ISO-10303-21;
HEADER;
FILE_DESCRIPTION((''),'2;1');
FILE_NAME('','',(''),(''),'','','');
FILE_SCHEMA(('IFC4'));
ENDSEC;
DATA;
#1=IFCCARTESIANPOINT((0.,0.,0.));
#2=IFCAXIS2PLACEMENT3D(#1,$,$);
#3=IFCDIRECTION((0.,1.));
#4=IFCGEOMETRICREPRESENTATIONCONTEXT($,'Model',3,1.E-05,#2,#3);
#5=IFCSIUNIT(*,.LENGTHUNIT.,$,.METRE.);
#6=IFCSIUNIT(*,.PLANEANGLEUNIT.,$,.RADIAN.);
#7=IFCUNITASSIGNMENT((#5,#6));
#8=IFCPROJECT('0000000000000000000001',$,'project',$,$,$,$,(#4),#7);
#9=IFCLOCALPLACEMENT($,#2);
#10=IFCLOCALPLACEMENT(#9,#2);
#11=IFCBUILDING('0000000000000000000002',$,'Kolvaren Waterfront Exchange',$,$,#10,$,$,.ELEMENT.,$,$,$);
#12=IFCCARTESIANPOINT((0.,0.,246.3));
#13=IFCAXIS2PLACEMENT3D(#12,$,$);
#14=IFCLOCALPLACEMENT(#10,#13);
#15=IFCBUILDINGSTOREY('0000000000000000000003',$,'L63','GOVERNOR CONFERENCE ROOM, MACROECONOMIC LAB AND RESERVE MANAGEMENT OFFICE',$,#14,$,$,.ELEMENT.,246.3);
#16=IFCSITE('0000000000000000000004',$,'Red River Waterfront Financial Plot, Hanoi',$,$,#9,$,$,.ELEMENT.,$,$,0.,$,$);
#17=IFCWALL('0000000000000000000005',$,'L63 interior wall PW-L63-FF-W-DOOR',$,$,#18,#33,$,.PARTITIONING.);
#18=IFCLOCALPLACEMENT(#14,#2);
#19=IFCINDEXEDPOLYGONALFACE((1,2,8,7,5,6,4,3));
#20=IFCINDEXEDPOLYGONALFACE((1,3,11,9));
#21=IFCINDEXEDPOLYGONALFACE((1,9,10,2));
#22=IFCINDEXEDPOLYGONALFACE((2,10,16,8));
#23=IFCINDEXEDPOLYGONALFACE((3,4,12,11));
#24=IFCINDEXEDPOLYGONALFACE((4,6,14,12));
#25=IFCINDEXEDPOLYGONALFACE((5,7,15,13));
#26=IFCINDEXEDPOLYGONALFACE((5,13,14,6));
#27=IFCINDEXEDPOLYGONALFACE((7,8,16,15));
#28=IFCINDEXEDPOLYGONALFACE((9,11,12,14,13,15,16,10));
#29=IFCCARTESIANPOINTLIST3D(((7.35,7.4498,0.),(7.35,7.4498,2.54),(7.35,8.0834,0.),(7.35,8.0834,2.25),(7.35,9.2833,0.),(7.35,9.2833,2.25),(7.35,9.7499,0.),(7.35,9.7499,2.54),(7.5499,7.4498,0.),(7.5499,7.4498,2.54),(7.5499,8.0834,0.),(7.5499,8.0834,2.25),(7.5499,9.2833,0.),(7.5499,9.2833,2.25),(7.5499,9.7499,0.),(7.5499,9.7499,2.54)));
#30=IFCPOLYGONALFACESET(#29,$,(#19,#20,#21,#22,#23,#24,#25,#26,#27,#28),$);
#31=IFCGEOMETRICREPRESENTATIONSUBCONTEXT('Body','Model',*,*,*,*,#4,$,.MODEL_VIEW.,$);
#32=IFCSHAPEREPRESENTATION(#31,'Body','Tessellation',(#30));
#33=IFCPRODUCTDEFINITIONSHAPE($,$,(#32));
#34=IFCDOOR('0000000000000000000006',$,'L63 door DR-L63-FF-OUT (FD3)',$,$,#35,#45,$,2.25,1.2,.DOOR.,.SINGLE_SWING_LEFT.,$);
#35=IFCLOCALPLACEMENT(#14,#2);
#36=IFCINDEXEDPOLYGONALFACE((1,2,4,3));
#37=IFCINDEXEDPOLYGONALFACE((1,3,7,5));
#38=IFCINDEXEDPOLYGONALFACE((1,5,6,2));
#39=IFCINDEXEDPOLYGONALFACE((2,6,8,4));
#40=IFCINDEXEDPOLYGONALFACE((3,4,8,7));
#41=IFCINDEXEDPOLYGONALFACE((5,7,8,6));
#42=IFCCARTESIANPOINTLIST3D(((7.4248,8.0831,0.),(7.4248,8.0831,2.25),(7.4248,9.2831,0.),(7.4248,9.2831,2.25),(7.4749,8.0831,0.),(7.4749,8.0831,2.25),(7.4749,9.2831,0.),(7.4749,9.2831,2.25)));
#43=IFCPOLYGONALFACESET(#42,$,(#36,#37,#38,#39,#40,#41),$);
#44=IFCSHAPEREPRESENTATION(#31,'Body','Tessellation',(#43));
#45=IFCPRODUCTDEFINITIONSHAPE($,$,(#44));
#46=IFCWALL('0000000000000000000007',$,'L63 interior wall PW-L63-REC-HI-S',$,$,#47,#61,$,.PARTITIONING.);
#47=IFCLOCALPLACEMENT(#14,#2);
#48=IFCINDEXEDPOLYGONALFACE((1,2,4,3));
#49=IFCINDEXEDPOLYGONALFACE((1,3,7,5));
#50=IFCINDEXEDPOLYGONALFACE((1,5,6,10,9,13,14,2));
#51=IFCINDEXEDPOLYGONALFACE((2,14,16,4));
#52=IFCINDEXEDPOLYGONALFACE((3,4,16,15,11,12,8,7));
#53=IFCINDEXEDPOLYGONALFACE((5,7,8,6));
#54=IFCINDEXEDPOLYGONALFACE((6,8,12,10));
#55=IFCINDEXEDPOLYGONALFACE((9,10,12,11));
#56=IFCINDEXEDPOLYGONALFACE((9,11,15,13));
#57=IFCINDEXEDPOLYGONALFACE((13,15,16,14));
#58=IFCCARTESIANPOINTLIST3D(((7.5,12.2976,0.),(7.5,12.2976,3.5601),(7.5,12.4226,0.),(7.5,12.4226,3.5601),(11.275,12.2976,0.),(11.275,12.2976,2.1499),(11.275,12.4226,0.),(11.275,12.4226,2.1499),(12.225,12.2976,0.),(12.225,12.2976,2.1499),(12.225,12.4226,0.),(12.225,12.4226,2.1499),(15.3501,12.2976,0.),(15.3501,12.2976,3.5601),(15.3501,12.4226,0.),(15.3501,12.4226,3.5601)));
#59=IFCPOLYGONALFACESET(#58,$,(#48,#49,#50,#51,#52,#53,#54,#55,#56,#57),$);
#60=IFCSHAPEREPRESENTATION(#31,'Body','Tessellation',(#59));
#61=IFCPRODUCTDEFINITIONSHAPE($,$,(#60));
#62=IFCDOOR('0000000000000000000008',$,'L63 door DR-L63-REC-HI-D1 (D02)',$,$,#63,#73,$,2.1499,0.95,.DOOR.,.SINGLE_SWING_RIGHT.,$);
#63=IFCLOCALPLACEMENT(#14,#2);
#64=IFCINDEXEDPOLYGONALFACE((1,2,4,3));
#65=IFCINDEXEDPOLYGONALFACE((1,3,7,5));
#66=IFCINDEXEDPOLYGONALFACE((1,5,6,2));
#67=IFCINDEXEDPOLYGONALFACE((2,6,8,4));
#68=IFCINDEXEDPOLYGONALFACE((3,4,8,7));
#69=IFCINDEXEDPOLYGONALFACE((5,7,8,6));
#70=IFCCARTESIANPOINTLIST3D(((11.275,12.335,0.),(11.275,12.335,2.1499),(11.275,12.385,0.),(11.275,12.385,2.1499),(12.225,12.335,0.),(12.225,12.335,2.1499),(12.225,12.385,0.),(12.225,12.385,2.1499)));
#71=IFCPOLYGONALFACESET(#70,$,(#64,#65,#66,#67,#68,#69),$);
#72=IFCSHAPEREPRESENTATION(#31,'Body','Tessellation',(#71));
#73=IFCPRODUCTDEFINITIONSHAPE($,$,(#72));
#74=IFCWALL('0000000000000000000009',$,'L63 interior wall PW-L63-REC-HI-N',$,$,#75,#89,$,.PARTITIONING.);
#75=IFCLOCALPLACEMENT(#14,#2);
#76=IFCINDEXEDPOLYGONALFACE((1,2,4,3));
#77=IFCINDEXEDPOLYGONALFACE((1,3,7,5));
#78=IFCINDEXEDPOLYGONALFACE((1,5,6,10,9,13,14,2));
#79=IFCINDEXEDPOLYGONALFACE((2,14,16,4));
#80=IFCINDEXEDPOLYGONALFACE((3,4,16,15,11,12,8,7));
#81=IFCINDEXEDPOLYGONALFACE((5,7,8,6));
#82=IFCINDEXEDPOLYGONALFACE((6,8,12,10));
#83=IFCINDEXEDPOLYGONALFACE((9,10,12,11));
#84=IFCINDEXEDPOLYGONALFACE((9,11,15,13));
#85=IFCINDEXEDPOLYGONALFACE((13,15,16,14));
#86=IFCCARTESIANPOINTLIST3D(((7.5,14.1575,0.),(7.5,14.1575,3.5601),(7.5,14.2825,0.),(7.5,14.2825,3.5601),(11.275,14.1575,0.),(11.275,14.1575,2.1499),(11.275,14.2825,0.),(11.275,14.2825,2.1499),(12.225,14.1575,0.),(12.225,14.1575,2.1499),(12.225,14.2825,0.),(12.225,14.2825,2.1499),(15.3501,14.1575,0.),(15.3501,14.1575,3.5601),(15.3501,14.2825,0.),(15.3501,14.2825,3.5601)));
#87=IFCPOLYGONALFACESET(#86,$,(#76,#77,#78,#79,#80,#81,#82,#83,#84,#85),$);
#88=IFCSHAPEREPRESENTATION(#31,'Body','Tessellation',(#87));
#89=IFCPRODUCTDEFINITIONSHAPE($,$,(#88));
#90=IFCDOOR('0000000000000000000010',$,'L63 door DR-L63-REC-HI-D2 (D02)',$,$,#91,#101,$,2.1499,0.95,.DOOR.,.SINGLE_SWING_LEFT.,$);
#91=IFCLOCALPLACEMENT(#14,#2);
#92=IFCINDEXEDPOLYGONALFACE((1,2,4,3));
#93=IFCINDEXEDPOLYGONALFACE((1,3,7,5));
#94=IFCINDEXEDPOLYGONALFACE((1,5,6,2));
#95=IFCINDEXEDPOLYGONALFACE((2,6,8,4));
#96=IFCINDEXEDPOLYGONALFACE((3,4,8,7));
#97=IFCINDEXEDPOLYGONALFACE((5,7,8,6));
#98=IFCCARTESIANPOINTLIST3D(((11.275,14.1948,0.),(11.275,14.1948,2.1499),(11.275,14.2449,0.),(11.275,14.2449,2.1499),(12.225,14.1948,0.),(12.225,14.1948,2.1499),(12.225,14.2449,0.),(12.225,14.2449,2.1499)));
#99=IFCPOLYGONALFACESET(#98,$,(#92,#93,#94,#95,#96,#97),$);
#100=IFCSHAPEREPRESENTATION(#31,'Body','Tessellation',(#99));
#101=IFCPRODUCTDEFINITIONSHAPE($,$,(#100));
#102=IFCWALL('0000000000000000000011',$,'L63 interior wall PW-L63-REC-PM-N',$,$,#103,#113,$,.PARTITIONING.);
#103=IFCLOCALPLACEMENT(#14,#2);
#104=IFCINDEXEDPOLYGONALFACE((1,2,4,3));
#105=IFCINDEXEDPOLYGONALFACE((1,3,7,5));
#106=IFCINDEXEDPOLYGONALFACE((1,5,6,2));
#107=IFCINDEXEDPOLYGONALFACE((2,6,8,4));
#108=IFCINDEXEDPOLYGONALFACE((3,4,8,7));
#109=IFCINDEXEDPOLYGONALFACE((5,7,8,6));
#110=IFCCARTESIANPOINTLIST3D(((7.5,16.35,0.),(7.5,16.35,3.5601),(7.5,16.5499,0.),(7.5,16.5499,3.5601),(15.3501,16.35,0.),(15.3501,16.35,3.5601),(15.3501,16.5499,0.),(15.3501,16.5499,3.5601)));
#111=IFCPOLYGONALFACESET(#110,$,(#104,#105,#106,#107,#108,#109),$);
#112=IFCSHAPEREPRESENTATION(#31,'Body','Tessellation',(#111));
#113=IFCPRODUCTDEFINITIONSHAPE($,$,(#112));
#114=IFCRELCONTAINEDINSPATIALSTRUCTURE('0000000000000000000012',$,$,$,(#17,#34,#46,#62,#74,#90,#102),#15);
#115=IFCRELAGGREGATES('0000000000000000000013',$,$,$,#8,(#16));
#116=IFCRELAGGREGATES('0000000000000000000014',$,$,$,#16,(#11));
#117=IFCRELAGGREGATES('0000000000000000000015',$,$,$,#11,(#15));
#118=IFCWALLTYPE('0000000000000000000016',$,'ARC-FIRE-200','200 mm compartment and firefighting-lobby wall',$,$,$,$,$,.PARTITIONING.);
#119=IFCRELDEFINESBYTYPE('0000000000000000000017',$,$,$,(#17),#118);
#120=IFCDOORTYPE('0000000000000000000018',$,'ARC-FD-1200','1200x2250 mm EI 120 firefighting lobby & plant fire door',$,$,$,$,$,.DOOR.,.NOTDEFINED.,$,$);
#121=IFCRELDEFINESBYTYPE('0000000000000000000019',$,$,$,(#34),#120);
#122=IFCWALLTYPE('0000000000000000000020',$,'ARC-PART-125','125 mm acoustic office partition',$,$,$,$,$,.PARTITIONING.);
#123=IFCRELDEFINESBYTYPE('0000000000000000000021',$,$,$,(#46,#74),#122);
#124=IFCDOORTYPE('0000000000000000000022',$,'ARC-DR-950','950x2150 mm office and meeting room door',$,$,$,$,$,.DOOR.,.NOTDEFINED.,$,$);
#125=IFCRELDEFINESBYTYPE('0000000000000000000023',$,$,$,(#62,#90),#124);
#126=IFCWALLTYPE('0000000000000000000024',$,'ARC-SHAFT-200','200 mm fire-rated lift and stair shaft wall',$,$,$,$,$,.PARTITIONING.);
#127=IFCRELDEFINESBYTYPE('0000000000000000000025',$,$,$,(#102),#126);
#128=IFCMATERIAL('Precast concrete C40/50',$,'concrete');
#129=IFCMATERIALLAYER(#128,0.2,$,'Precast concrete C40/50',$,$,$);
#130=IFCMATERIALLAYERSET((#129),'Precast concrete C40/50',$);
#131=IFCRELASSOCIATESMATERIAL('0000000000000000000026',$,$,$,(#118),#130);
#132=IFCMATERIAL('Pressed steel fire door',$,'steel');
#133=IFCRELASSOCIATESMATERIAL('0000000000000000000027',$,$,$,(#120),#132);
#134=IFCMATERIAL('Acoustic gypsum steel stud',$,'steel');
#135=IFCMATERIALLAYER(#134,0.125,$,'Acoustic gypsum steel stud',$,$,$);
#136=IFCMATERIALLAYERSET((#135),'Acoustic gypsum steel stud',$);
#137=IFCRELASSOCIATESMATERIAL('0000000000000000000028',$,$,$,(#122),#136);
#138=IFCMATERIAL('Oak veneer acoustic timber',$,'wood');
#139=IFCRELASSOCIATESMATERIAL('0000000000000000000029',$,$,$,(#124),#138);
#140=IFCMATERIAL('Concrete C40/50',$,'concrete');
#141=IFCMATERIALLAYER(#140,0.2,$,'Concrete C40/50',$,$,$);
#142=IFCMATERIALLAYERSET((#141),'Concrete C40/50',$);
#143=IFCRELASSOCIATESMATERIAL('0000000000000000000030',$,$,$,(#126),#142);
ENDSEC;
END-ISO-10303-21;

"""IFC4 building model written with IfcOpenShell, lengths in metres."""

from ifc_helpers import new_model, si_unit, direction, frame, frame_2d, origin, place, context, subcontext, project, spatial, rectangle, extrude, material, layer, layer_set, type_object, element, fill, save


model = new_model("IFC4")

# Units and contexts
model_context = context("Model", 3, precision=1e-05, world=origin(), true_north=direction((0.0, 1.0)))
body_context = subcontext(model_context, "Body", "Model", "MODEL_VIEW")
ifc_project = project(units=[si_unit("LENGTHUNIT", "METRE"), si_unit("PLANEANGLEUNIT", "RADIAN")], contexts=[model_context])

# Site, building, storey
site_placement = place(None, origin())
site = spatial("IfcSite", under=ifc_project, at=site_placement, Name="Red River Waterfront Financial Plot, Hanoi", CompositionType="ELEMENT", RefElevation=0.0)
building_placement = place(site_placement, origin())
building = spatial("IfcBuilding", under=site, at=building_placement, Name="Kolvaren Waterfront Exchange", CompositionType="ELEMENT")
storey_placement = place(building_placement, frame((0.0, 0.0, 246.3)))
storey = spatial("IfcBuildingStorey", under=building, at=storey_placement, Name="L63", Description="GOVERNOR CONFERENCE ROOM, MACROECONOMIC LAB AND RESERVE MANAGEMENT OFFICE", CompositionType="ELEMENT", Elevation=246.3)

# Shared definitions
ifc_material_1 = material(Name="Precast concrete C40/50", Category="concrete")
ifc_layer_1 = layer(ifc_material_1, 0.2, Name="Precast concrete C40/50")
ifc_layer_set_1 = layer_set([ifc_layer_1], Name="Precast concrete C40/50")
wall_type_1 = type_object("IfcWallType", Name="ARC-FIRE-200", Description="200 mm compartment and firefighting-lobby wall", PredefinedType="PARTITIONING", material=ifc_layer_set_1)

# Walls, openings, doors
wall_1_placement = place(storey_placement, frame((7.45, 7.45, 0.0), z_axis=(0.0, 0.0, 1.0), x_axis=(0.0, 1.0, 0.0)))
wall_1 = element("IfcWall", 1, at=wall_1_placement, inside=storey, type_object=wall_type_1, Name="L63 interior wall PW-L63-FF-W-DOOR", PredefinedType="PARTITIONING", context=body_context, shape_type="SweptSolid", body=[
    extrude(rectangle(XDim=2.3, YDim=0.2, at=frame_2d((1.1499, 0.0))), origin(), (0.0, 0.0, 1.0), 2.54),
])
opening_1_placement = place(wall_1_placement, frame((0.6333, 0.0, 0.0)))
opening_1 = element("IfcOpeningElement", 2, at=opening_1_placement, cuts=wall_1, PredefinedType="OPENING", context=body_context, shape_type="SweptSolid", body=[
    extrude(rectangle(XDim=1.2, YDim=2.25, at=frame_2d((0.6001, 1.125))), frame((0.0, 0.1099, 0.0), z_axis=(0.0, -1.0, 0.0), x_axis=(1.0, 0.0, 0.0)), (0.0, 0.0, 1.0), 0.22),
])
ifc_material_2 = material(Name="Pressed steel fire door", Category="steel")
door_type_1 = type_object("IfcDoorType", Name="ARC-FD-1200", Description="1200x2250 mm EI 120 firefighting lobby & plant fire door", OperationType="NOTDEFINED", PredefinedType="DOOR", material=ifc_material_2)
door_1_placement = place(opening_1_placement, frame((1.2, 0.0, 0.0), z_axis=(0.0, 0.0, 1.0), x_axis=(-1.0, 0.0, 0.0)))
door_1 = element("IfcDoor", 3, at=door_1_placement, inside=storey, type_object=door_type_1, Name="L63 door DR-L63-FF-OUT (FD3)", OperationType="SINGLE_SWING_LEFT", OverallHeight=2.25, OverallWidth=1.2, PredefinedType="DOOR", context=body_context, shape_type="SweptSolid", body=[
    extrude(rectangle(XDim=1.2, YDim=2.25, at=frame_2d((0.6001, 1.125))), frame((0.0, 0.0249, 0.0), z_axis=(0.0, -1.0, 0.0), x_axis=(1.0, 0.0, 0.0)), (0.0, 0.0, 1.0), 0.05),
])
fill(opening_1, door_1)
ifc_material_3 = material(Name="Acoustic gypsum steel stud", Category="steel")
ifc_layer_2 = layer(ifc_material_3, 0.125, Name="Acoustic gypsum steel stud")
ifc_layer_set_2 = layer_set([ifc_layer_2], Name="Acoustic gypsum steel stud")
wall_type_2 = type_object("IfcWallType", Name="ARC-PART-125", Description="125 mm acoustic office partition", PredefinedType="PARTITIONING", material=ifc_layer_set_2)
wall_2_placement = place(storey_placement, frame((7.5, 12.3601, 0.0), z_axis=(0.0, 0.0, 1.0), x_axis=(1.0, 0.0, 0.0)))
wall_2 = element("IfcWall", 4, at=wall_2_placement, inside=storey, type_object=wall_type_2, Name="L63 interior wall PW-L63-REC-HI-S", PredefinedType="PARTITIONING", context=body_context, shape_type="SweptSolid", body=[
    extrude(rectangle(XDim=7.8501, YDim=0.125, at=frame_2d((3.925, 0.0))), origin(), (0.0, 0.0, 1.0), 3.5601),
])
opening_2_placement = place(wall_2_placement, frame((3.7749, 0.0, 0.0)))
opening_2 = element("IfcOpeningElement", 5, at=opening_2_placement, cuts=wall_2, PredefinedType="OPENING", context=body_context, shape_type="SweptSolid", body=[
    extrude(rectangle(XDim=0.95, YDim=2.1499, at=frame_2d((0.4751, 1.075))), frame((0.0, 0.0725, 0.0), z_axis=(0.0, -1.0, 0.0), x_axis=(1.0, 0.0, 0.0)), (0.0, 0.0, 1.0), 0.145),
])
ifc_material_4 = material(Name="Oak veneer acoustic timber", Category="wood")
door_type_2 = type_object("IfcDoorType", Name="ARC-DR-950", Description="950x2150 mm office and meeting room door", OperationType="NOTDEFINED", PredefinedType="DOOR", material=ifc_material_4)
door_2_placement = place(opening_2_placement, origin())
door_2 = element("IfcDoor", 6, at=door_2_placement, inside=storey, type_object=door_type_2, Name="L63 door DR-L63-REC-HI-D1 (D02)", OperationType="SINGLE_SWING_RIGHT", OverallHeight=2.1499, OverallWidth=0.95, PredefinedType="DOOR", context=body_context, shape_type="SweptSolid", body=[
    extrude(rectangle(XDim=0.95, YDim=2.1499, at=frame_2d((0.4751, 1.075))), frame((0.0, 0.0249, 0.0), z_axis=(0.0, -1.0, 0.0), x_axis=(1.0, 0.0, 0.0)), (0.0, 0.0, 1.0), 0.05),
])
fill(opening_2, door_2)
wall_3_placement = place(storey_placement, frame((7.5, 14.22, 0.0), z_axis=(0.0, 0.0, 1.0), x_axis=(1.0, 0.0, 0.0)))
wall_3 = element("IfcWall", 7, at=wall_3_placement, inside=storey, type_object=wall_type_2, Name="L63 interior wall PW-L63-REC-HI-N", PredefinedType="PARTITIONING", context=body_context, shape_type="SweptSolid", body=[
    extrude(rectangle(XDim=7.8501, YDim=0.125, at=frame_2d((3.925, 0.0))), origin(), (0.0, 0.0, 1.0), 3.5601),
])
opening_3_placement = place(wall_3_placement, frame((3.7749, 0.0, 0.0)))
opening_3 = element("IfcOpeningElement", 8, at=opening_3_placement, cuts=wall_3, PredefinedType="OPENING", context=body_context, shape_type="SweptSolid", body=[
    extrude(rectangle(XDim=0.95, YDim=2.1499, at=frame_2d((0.4751, 1.075))), frame((0.0, 0.0725, 0.0), z_axis=(0.0, -1.0, 0.0), x_axis=(1.0, 0.0, 0.0)), (0.0, 0.0, 1.0), 0.145),
])
door_3_placement = place(opening_3_placement, origin())
door_3 = element("IfcDoor", 9, at=door_3_placement, inside=storey, type_object=door_type_2, Name="L63 door DR-L63-REC-HI-D2 (D02)", OperationType="SINGLE_SWING_LEFT", OverallHeight=2.1499, OverallWidth=0.95, PredefinedType="DOOR", context=body_context, shape_type="SweptSolid", body=[
    extrude(rectangle(XDim=0.95, YDim=2.1499, at=frame_2d((0.4751, 1.075))), frame((0.0, 0.0249, 0.0), z_axis=(0.0, -1.0, 0.0), x_axis=(1.0, 0.0, 0.0)), (0.0, 0.0, 1.0), 0.05),
])
fill(opening_3, door_3)

# Wall
ifc_material_5 = material(Name="Concrete C40/50", Category="concrete")
ifc_layer_3 = layer(ifc_material_5, 0.2, Name="Concrete C40/50")
ifc_layer_set_3 = layer_set([ifc_layer_3], Name="Concrete C40/50")
wall_type_3 = type_object("IfcWallType", Name="ARC-SHAFT-200", Description="200 mm fire-rated lift and stair shaft wall", PredefinedType="PARTITIONING", material=ifc_layer_set_3)
wall_4_placement = place(storey_placement, frame((7.5, 16.45, 0.0), z_axis=(0.0, 0.0, 1.0), x_axis=(1.0, 0.0, 0.0)))
element("IfcWall", 10, at=wall_4_placement, inside=storey, type_object=wall_type_3, Name="L63 interior wall PW-L63-REC-PM-N", PredefinedType="PARTITIONING", context=body_context, shape_type="SweptSolid", body=[
    extrude(rectangle(XDim=7.8501, YDim=0.2, at=frame_2d((3.925, 0.0))), origin(), (0.0, 0.0, 1.0), 3.5601),
])

save(model, "model.ifc")
